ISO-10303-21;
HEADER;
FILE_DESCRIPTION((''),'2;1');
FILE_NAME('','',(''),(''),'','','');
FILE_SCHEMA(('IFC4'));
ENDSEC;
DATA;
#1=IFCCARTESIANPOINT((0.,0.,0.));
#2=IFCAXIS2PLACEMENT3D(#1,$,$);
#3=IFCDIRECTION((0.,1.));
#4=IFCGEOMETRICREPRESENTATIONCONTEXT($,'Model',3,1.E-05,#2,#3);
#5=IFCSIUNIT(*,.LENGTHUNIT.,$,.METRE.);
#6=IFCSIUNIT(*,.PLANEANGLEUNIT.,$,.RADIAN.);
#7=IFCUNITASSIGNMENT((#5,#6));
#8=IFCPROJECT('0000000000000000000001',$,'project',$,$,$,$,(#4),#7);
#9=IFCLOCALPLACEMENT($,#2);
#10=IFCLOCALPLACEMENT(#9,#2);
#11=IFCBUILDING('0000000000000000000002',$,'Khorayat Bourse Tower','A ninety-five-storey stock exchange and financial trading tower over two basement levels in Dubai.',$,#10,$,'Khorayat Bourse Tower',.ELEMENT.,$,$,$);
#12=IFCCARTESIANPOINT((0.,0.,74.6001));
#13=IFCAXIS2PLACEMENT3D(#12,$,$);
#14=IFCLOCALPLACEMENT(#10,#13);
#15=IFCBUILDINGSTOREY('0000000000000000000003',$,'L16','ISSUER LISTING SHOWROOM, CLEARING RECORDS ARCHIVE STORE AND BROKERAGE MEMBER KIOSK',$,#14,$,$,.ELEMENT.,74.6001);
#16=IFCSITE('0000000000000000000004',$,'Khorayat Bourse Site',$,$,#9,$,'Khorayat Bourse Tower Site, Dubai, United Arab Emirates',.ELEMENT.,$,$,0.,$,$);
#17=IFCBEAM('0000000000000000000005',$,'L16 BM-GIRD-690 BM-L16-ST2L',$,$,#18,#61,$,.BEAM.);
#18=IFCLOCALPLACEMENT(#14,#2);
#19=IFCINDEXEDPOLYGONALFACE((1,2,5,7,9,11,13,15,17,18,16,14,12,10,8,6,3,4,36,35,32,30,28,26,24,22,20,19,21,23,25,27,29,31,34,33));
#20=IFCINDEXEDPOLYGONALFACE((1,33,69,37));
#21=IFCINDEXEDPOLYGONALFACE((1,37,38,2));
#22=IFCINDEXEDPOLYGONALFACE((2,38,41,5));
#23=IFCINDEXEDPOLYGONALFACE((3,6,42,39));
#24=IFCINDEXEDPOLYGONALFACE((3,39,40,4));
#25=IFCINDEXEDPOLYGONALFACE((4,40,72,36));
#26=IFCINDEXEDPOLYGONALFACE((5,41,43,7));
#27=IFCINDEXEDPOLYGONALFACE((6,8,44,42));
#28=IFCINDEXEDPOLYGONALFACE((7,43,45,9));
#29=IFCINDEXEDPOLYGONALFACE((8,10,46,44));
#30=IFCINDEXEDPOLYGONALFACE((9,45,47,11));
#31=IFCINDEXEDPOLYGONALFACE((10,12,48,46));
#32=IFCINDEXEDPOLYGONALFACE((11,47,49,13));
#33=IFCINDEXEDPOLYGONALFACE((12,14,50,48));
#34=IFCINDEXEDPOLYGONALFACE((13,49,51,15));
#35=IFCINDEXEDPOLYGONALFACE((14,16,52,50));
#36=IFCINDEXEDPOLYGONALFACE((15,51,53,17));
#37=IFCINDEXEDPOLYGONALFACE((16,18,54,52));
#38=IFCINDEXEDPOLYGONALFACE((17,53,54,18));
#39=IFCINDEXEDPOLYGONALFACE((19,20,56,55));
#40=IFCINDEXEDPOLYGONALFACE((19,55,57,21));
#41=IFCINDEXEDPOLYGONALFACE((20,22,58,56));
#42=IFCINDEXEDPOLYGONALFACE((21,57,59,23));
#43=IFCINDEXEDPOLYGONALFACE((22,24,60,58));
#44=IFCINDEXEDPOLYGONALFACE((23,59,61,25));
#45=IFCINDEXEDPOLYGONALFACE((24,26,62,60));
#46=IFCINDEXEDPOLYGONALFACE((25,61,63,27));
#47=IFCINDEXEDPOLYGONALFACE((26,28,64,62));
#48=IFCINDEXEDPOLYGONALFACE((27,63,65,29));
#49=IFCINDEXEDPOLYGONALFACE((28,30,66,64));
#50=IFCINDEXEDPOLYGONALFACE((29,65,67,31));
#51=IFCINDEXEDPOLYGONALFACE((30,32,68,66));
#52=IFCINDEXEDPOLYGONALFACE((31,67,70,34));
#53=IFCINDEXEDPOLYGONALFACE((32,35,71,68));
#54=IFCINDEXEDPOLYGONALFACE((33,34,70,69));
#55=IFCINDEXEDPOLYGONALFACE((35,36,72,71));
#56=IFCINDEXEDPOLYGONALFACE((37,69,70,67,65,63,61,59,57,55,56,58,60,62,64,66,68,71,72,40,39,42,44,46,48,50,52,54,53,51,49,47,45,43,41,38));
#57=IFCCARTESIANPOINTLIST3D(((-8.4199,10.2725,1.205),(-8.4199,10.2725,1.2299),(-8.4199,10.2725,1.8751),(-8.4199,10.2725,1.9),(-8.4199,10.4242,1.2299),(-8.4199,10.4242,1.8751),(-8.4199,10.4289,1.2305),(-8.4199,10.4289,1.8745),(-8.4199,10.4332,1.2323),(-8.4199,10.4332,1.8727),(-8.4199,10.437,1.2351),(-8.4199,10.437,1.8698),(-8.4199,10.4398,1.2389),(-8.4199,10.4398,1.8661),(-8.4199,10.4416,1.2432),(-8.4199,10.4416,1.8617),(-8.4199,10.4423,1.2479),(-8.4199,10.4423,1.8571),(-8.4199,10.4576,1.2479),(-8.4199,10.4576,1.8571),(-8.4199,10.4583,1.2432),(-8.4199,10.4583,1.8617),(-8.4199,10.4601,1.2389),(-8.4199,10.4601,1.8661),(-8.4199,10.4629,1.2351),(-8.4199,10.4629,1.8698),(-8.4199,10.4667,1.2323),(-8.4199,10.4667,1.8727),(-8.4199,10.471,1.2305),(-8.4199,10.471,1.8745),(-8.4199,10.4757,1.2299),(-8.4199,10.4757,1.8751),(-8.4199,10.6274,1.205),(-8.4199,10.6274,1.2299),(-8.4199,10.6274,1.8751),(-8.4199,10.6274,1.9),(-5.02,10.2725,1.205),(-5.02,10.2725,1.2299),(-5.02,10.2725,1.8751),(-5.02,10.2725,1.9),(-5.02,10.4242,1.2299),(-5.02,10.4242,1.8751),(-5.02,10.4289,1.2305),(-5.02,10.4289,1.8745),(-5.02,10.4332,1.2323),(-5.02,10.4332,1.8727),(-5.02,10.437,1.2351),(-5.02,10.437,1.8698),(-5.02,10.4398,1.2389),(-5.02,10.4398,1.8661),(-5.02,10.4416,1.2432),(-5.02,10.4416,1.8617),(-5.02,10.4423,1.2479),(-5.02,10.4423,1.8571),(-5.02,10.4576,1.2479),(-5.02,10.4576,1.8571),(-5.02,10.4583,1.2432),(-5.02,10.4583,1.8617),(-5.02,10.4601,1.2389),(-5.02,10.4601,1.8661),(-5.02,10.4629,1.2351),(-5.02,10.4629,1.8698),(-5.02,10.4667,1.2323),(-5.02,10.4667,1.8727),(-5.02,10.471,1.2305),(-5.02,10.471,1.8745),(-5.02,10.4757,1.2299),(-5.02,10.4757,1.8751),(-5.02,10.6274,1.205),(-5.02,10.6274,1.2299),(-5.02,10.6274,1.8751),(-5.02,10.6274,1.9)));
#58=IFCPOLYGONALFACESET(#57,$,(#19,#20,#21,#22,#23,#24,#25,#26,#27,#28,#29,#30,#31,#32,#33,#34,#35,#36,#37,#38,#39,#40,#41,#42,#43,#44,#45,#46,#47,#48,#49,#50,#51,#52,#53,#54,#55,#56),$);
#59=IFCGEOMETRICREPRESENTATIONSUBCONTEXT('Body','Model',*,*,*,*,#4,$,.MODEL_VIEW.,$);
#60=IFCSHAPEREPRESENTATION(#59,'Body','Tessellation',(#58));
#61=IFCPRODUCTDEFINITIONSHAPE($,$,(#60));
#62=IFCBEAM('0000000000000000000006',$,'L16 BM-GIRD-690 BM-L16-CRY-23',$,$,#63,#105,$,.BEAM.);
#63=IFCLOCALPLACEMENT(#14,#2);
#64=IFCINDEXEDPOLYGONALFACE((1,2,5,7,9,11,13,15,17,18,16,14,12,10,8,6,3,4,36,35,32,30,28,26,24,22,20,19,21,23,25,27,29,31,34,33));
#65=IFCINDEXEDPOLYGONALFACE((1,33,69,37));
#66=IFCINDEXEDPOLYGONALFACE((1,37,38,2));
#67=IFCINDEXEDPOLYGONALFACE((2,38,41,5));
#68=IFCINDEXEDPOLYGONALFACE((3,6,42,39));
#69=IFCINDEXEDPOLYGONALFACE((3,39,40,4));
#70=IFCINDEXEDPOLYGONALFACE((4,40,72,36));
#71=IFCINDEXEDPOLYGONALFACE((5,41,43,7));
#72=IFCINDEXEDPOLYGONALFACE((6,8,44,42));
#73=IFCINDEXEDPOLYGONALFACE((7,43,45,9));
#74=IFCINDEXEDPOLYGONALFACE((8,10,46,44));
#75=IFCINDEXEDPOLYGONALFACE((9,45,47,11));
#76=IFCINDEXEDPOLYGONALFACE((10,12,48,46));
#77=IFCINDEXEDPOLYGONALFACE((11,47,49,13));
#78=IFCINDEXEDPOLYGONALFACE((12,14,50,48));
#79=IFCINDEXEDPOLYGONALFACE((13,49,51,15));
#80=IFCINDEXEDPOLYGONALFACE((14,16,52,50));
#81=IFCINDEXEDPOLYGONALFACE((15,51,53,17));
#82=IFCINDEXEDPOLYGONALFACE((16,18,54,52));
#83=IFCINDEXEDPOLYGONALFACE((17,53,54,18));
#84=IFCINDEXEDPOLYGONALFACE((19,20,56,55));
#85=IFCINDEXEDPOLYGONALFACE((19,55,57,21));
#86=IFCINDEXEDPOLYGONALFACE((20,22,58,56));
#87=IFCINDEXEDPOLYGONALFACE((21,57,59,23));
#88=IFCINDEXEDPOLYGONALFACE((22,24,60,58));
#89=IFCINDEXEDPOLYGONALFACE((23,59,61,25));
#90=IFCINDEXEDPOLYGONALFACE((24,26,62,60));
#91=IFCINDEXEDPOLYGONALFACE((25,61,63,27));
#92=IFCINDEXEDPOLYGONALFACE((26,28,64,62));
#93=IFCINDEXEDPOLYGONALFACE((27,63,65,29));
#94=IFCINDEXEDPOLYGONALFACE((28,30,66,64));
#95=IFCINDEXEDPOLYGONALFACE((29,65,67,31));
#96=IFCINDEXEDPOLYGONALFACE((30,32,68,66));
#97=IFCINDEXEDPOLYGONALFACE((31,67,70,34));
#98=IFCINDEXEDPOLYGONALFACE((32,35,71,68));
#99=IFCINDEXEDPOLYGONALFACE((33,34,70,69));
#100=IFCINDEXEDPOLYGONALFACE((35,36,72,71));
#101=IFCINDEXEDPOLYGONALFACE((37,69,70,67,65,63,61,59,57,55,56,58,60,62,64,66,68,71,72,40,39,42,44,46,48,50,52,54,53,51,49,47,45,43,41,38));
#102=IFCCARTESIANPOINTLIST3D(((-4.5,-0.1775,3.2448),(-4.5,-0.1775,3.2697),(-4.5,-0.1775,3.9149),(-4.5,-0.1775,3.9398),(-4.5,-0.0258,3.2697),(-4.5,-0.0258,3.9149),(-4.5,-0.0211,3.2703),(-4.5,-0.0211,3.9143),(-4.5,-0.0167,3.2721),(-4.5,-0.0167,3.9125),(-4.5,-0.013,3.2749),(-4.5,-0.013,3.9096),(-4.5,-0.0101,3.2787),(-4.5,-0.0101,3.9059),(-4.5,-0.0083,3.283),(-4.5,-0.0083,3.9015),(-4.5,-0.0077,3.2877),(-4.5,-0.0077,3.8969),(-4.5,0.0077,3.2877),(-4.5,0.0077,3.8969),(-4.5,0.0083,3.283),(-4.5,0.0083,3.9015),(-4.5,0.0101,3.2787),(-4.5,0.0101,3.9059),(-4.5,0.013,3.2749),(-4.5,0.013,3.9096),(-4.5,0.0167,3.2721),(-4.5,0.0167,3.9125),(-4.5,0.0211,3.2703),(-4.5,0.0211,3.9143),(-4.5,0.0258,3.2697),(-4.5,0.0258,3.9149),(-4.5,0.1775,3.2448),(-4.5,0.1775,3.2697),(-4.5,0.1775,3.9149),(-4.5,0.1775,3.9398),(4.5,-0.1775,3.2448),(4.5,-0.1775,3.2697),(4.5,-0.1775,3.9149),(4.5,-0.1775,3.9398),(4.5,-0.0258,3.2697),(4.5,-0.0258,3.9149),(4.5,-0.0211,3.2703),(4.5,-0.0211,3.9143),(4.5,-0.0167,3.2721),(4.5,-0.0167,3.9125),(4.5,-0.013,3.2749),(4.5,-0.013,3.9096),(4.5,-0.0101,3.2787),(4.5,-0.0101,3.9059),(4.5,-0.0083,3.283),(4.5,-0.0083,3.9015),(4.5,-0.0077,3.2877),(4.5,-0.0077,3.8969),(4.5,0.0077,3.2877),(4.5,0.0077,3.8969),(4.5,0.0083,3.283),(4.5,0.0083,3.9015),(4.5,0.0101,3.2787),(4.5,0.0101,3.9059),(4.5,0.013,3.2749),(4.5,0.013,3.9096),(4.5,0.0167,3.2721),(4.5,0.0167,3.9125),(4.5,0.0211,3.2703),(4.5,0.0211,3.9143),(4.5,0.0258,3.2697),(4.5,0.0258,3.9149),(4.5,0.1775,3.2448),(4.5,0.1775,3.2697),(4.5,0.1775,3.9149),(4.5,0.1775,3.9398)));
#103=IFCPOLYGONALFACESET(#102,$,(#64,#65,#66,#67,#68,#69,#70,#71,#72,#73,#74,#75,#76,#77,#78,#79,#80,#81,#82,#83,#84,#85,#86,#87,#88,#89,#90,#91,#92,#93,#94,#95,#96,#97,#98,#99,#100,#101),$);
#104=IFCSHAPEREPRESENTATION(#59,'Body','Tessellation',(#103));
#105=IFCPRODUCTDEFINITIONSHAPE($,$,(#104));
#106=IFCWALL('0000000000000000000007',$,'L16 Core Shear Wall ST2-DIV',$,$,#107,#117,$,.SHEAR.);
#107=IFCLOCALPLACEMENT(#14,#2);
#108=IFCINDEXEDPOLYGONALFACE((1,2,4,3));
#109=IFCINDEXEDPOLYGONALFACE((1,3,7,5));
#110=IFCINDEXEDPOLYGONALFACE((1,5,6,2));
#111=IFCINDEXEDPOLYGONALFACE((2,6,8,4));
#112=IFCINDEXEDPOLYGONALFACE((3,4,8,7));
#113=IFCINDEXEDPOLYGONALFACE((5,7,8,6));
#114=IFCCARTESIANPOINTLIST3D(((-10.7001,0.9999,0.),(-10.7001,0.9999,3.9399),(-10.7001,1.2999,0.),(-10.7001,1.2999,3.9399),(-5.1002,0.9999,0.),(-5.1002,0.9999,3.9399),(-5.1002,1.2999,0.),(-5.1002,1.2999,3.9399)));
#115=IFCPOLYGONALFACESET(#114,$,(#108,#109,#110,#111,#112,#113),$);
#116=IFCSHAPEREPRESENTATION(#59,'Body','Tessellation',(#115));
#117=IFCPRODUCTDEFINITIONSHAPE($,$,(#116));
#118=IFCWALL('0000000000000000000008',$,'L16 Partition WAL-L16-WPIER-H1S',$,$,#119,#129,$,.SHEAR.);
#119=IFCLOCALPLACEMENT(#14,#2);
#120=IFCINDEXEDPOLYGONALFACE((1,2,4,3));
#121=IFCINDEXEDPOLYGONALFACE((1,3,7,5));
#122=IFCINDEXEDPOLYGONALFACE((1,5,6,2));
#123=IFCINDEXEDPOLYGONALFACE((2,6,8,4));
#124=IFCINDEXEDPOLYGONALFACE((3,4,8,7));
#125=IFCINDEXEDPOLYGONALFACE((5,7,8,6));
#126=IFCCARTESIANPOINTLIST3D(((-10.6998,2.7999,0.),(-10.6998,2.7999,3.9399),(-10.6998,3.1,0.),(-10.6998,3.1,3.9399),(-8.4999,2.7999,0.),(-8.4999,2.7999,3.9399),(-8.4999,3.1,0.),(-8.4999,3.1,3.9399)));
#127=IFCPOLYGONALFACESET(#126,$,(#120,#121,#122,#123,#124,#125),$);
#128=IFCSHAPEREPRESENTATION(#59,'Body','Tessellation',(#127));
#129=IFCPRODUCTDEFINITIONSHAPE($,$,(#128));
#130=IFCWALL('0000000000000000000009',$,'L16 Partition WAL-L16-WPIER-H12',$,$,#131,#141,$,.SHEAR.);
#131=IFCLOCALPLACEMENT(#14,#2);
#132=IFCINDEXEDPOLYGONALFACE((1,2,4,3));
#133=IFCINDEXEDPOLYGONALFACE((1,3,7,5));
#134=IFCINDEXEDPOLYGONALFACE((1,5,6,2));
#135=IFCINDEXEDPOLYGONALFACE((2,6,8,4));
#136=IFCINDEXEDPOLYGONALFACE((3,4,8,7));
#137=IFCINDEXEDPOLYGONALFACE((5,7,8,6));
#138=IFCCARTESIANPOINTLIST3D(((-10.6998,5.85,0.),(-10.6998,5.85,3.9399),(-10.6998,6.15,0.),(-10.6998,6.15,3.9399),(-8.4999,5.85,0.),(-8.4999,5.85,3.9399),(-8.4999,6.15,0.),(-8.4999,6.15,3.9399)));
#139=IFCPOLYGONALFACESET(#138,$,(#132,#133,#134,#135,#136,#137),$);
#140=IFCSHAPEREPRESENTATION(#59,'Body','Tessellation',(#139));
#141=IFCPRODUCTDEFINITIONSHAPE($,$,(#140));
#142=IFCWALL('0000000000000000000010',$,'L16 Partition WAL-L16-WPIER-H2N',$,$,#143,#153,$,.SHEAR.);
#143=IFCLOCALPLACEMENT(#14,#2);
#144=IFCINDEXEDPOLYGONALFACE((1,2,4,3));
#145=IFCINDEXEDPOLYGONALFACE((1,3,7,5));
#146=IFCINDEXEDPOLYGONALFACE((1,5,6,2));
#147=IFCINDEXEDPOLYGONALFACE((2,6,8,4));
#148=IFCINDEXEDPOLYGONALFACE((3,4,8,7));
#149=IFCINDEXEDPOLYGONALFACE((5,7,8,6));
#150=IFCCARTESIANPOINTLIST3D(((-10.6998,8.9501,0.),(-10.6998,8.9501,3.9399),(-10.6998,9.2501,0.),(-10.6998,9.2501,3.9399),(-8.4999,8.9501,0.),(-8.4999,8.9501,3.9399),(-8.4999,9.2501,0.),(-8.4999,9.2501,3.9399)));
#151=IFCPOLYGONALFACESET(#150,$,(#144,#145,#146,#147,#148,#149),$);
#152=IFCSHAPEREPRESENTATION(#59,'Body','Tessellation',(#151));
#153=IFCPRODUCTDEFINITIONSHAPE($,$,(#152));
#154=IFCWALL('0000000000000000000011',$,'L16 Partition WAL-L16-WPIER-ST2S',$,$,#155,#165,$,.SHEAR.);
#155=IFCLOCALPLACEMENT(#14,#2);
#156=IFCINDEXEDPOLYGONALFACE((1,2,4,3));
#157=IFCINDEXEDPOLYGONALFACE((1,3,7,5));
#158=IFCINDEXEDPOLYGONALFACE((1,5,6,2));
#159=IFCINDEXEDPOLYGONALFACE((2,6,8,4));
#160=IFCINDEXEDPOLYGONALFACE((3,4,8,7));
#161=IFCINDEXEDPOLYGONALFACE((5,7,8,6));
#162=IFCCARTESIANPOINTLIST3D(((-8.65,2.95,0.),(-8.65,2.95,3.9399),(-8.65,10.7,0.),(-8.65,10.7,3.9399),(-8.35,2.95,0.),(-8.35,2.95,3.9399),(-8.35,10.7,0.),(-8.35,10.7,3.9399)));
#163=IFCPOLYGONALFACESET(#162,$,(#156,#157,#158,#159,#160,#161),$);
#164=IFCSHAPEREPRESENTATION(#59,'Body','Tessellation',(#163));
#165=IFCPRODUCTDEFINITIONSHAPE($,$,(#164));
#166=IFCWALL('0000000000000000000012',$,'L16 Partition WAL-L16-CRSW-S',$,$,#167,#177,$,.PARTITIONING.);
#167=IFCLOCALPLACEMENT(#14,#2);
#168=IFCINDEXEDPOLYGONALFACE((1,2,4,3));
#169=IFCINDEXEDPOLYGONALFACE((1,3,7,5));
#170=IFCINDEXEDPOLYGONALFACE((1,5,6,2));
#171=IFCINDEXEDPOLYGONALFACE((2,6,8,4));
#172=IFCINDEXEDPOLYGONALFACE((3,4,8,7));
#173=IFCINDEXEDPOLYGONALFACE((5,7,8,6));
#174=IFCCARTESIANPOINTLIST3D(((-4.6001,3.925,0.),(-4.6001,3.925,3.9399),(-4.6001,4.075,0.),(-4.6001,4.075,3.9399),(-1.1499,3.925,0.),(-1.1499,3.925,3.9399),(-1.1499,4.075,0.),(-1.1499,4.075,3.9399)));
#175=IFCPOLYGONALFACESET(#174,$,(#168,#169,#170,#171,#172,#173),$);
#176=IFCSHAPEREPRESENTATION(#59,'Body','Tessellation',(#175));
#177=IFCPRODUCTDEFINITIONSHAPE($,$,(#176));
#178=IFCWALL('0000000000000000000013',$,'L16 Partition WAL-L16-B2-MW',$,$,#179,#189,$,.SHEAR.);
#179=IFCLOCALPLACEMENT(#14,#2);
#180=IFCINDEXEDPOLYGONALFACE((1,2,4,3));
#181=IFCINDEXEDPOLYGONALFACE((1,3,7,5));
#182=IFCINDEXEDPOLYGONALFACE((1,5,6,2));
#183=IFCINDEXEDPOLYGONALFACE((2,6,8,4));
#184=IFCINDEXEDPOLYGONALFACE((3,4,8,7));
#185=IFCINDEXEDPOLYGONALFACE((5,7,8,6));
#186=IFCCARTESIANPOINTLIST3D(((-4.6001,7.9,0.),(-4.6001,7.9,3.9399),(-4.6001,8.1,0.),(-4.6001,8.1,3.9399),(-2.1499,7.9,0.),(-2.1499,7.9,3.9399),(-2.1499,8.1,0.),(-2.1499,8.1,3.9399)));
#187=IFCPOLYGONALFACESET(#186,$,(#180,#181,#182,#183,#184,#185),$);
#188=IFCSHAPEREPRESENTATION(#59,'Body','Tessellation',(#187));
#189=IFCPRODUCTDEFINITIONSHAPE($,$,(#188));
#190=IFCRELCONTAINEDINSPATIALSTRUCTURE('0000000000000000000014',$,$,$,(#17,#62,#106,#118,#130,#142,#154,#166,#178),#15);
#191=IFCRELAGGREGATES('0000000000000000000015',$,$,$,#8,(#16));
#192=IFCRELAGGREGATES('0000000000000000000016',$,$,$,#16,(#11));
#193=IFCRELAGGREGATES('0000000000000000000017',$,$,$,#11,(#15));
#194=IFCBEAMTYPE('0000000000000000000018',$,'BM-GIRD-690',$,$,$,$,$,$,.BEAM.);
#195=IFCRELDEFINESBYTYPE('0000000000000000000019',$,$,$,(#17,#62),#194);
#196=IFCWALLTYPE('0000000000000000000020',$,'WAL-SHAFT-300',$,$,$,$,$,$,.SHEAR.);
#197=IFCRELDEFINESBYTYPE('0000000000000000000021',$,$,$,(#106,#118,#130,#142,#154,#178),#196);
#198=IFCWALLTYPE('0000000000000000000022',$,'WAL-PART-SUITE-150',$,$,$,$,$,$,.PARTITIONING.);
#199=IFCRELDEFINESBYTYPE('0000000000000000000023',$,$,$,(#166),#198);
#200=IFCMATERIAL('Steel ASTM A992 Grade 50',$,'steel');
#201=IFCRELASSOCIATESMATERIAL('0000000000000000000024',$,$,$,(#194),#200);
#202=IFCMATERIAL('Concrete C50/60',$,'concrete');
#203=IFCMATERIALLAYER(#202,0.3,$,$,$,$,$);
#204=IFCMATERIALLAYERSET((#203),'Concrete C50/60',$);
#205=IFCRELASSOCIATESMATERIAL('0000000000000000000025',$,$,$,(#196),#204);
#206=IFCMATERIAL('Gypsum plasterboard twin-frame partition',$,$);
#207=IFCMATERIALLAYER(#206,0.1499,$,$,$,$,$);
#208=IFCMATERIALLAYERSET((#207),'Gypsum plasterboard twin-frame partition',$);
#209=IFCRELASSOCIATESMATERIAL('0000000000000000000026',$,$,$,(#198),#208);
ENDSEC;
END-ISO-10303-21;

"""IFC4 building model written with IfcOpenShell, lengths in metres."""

from ifc_helpers import new_model, si_unit, direction, frame, frame_2d, origin, origin_2d, place, context, subcontext, project, spatial, rectangle, i_section, extrude, source, transform, mapped, material, layer, layer_set, material_profile, profile_set, type_object, element, save


model = new_model("IFC4")

# Units and contexts
model_context = context("Model", 3, precision=1e-05, world=origin(), true_north=direction((0.0, 1.0)))
body_context = subcontext(model_context, "Body", "Model", "MODEL_VIEW")
ifc_project = project(units=[si_unit("LENGTHUNIT", "METRE"), si_unit("PLANEANGLEUNIT", "RADIAN")], contexts=[model_context])

# Site, building, storey
site_placement = place(None, origin())
site = spatial("IfcSite", under=ifc_project, at=site_placement, Name="Khorayat Bourse Site", LongName="Khorayat Bourse Tower Site, Dubai, United Arab Emirates", CompositionType="ELEMENT", RefElevation=0.0)
building_placement = place(site_placement, origin())
building = spatial("IfcBuilding", under=site, at=building_placement, Name="Khorayat Bourse Tower", Description="A ninety-five-storey stock exchange and financial trading tower over two basement levels in Dubai.", LongName="Khorayat Bourse Tower", CompositionType="ELEMENT")
storey_placement = place(building_placement, frame((0.0, 0.0, 74.6001)))
storey = spatial("IfcBuildingStorey", under=building, at=storey_placement, Name="L16", Description="ISSUER LISTING SHOWROOM, CLEARING RECORDS ARCHIVE STORE AND BROKERAGE MEMBER KIOSK", CompositionType="ELEMENT", Elevation=74.6001)

# Beams
ifc_material_1 = material(Name="Steel ASTM A992 Grade 50", Category="steel")
ifc_material_profile_1 = material_profile(ifc_material_1, i_section(OverallWidth=0.355, OverallDepth=0.6951, WebThickness=0.0154, FlangeThickness=0.0249, FilletRadius=0.0181, at=origin_2d()), Name="W690X217")
ifc_profile_set_1 = profile_set([ifc_material_profile_1], Name="Steel ASTM A992 Grade 50")
beam_type_1 = type_object("IfcBeamType", Name="BM-GIRD-690", PredefinedType="BEAM", material=ifc_profile_set_1)
shared_shape_1 = source(origin(), body_context, "Body", "SweptSolid", [
    extrude(i_section(OverallWidth=0.355, OverallDepth=0.6951, WebThickness=0.0154, FlangeThickness=0.0249, FilletRadius=0.0181, at=origin_2d()), origin(), (0.0, 0.0, 1.0), 3.3999),
])
beam_1_placement = place(storey_placement, frame((-8.4199, 10.45, 1.5525), z_axis=(1.0, 0.0, 0.0), x_axis=(0.0, 1.0, 0.0)))
element("IfcBeam", 1, at=beam_1_placement, inside=storey, type_object=beam_type_1, Name="L16 BM-GIRD-690 BM-L16-ST2L", PredefinedType="BEAM", context=body_context, shape_type="MappedRepresentation", body=[
    mapped(shared_shape_1, transform((0.0, 0.0, 0.0), scale=1.0)),
])
shared_shape_2 = source(origin(), body_context, "Body", "SweptSolid", [
    extrude(i_section(OverallWidth=0.355, OverallDepth=0.6951, WebThickness=0.0154, FlangeThickness=0.0249, FilletRadius=0.0181, at=origin_2d()), origin(), (0.0, 0.0, 1.0), 9.0),
])
beam_2_placement = place(storey_placement, frame((-4.5, 0.0, 3.5923), z_axis=(1.0, 0.0, 0.0), x_axis=(0.0, 1.0, 0.0)))
element("IfcBeam", 2, at=beam_2_placement, inside=storey, type_object=beam_type_1, Name="L16 BM-GIRD-690 BM-L16-CRY-23", PredefinedType="BEAM", context=body_context, shape_type="MappedRepresentation", body=[
    mapped(shared_shape_2, transform((0.0, 0.0, 0.0), scale=1.0)),
])

# Walls
ifc_material_2 = material(Name="Concrete C50/60", Category="concrete")
ifc_layer_1 = layer(ifc_material_2, 0.3)
ifc_layer_set_1 = layer_set([ifc_layer_1], Name="Concrete C50/60")
wall_type_1 = type_object("IfcWallType", Name="WAL-SHAFT-300", PredefinedType="SHEAR", material=ifc_layer_set_1)
shared_shape_3 = source(origin(), body_context, "Body", "SweptSolid", [
    extrude(rectangle(XDim=5.5999, YDim=0.3, at=frame_2d((2.7998, 0.0))), origin(), (0.0, 0.0, 1.0), 3.9399),
])
wall_1_placement = place(storey_placement, frame((-10.7, 1.1499, 0.0), z_axis=(0.0, 0.0, 1.0), x_axis=(1.0, 0.0, 0.0)))
element("IfcWall", 3, at=wall_1_placement, inside=storey, type_object=wall_type_1, Name="L16 Core Shear Wall ST2-DIV", PredefinedType="SHEAR", context=body_context, shape_type="MappedRepresentation", body=[
    mapped(shared_shape_3, transform((0.0, 0.0, 0.0), scale=1.0)),
])
shared_shape_4 = source(origin(), body_context, "Body", "SweptSolid", [
    extrude(rectangle(XDim=2.2, YDim=0.3, at=frame_2d((1.1001, 0.0))), origin(), (0.0, 0.0, 1.0), 3.9399),
])
for number, where, z_axis, x_axis, name in (
    (4, (-10.7, 2.95, 0.0), (0.0, 0.0, 1.0), (1.0, 0.0, 0.0), "L16 Partition WAL-L16-WPIER-H1S"),
    (5, (-10.7, 6.0, 0.0), (0.0, 0.0, 1.0), (1.0, 0.0, 0.0), "L16 Partition WAL-L16-WPIER-H12"),
    (6, (-10.7, 9.1001, 0.0), (0.0, 0.0, 1.0), (1.0, 0.0, 0.0), "L16 Partition WAL-L16-WPIER-H2N"),
):
    element("IfcWall", number, at=place(storey_placement, frame(where, z_axis=z_axis, x_axis=x_axis)), inside=storey, type_object=wall_type_1, Name=name, PredefinedType="SHEAR", context=body_context, shape_type="MappedRepresentation", body=[
        mapped(shared_shape_4, transform((0.0, 0.0, 0.0), scale=1.0)),
    ])
shared_shape_5 = source(origin(), body_context, "Body", "SweptSolid", [
    extrude(rectangle(XDim=7.75, YDim=0.3, at=frame_2d((3.875, 0.0))), origin(), (0.0, 0.0, 1.0), 3.9399),
])
wall_2_placement = place(storey_placement, frame((-8.5, 2.95, 0.0), z_axis=(0.0, 0.0, 1.0), x_axis=(0.0, 1.0, 0.0)))
element("IfcWall", 7, at=wall_2_placement, inside=storey, type_object=wall_type_1, Name="L16 Partition WAL-L16-WPIER-ST2S", PredefinedType="SHEAR", context=body_context, shape_type="MappedRepresentation", body=[
    mapped(shared_shape_5, transform((0.0, 0.0, 0.0), scale=1.0)),
])
ifc_material_3 = material(Name="Gypsum plasterboard twin-frame partition")
ifc_layer_2 = layer(ifc_material_3, 0.1499)
ifc_layer_set_2 = layer_set([ifc_layer_2], Name="Gypsum plasterboard twin-frame partition")
wall_type_2 = type_object("IfcWallType", Name="WAL-PART-SUITE-150", PredefinedType="PARTITIONING", material=ifc_layer_set_2)
shared_shape_6 = source(origin(), body_context, "Body", "SweptSolid", [
    extrude(rectangle(XDim=3.4502, YDim=0.1499, at=frame_2d((1.7251, 0.0))), origin(), (0.0, 0.0, 1.0), 3.9399),
])
wall_3_placement = place(storey_placement, frame((-4.6001, 4.0, 0.0), z_axis=(0.0, 0.0, 1.0), x_axis=(1.0, 0.0, 0.0)))
element("IfcWall", 8, at=wall_3_placement, inside=storey, type_object=wall_type_2, Name="L16 Partition WAL-L16-CRSW-S", PredefinedType="PARTITIONING", context=body_context, shape_type="MappedRepresentation", body=[
    mapped(shared_shape_6, transform((0.0, 0.0, 0.0), scale=1.0)),
])
shared_shape_7 = source(origin(), body_context, "Body", "SweptSolid", [
    extrude(rectangle(XDim=2.4502, YDim=0.2, at=frame_2d((1.2251, 0.0))), origin(), (0.0, 0.0, 1.0), 3.9399),
])
wall_4_placement = place(storey_placement, frame((-4.6001, 8.0, 0.0), z_axis=(0.0, 0.0, 1.0), x_axis=(1.0, 0.0, 0.0)))
element("IfcWall", 9, at=wall_4_placement, inside=storey, type_object=wall_type_1, Name="L16 Partition WAL-L16-B2-MW", PredefinedType="SHEAR", context=body_context, shape_type="MappedRepresentation", body=[
    mapped(shared_shape_7, transform((0.0, 0.0, 0.0), scale=1.0)),
])

save(model, "model.ifc")
